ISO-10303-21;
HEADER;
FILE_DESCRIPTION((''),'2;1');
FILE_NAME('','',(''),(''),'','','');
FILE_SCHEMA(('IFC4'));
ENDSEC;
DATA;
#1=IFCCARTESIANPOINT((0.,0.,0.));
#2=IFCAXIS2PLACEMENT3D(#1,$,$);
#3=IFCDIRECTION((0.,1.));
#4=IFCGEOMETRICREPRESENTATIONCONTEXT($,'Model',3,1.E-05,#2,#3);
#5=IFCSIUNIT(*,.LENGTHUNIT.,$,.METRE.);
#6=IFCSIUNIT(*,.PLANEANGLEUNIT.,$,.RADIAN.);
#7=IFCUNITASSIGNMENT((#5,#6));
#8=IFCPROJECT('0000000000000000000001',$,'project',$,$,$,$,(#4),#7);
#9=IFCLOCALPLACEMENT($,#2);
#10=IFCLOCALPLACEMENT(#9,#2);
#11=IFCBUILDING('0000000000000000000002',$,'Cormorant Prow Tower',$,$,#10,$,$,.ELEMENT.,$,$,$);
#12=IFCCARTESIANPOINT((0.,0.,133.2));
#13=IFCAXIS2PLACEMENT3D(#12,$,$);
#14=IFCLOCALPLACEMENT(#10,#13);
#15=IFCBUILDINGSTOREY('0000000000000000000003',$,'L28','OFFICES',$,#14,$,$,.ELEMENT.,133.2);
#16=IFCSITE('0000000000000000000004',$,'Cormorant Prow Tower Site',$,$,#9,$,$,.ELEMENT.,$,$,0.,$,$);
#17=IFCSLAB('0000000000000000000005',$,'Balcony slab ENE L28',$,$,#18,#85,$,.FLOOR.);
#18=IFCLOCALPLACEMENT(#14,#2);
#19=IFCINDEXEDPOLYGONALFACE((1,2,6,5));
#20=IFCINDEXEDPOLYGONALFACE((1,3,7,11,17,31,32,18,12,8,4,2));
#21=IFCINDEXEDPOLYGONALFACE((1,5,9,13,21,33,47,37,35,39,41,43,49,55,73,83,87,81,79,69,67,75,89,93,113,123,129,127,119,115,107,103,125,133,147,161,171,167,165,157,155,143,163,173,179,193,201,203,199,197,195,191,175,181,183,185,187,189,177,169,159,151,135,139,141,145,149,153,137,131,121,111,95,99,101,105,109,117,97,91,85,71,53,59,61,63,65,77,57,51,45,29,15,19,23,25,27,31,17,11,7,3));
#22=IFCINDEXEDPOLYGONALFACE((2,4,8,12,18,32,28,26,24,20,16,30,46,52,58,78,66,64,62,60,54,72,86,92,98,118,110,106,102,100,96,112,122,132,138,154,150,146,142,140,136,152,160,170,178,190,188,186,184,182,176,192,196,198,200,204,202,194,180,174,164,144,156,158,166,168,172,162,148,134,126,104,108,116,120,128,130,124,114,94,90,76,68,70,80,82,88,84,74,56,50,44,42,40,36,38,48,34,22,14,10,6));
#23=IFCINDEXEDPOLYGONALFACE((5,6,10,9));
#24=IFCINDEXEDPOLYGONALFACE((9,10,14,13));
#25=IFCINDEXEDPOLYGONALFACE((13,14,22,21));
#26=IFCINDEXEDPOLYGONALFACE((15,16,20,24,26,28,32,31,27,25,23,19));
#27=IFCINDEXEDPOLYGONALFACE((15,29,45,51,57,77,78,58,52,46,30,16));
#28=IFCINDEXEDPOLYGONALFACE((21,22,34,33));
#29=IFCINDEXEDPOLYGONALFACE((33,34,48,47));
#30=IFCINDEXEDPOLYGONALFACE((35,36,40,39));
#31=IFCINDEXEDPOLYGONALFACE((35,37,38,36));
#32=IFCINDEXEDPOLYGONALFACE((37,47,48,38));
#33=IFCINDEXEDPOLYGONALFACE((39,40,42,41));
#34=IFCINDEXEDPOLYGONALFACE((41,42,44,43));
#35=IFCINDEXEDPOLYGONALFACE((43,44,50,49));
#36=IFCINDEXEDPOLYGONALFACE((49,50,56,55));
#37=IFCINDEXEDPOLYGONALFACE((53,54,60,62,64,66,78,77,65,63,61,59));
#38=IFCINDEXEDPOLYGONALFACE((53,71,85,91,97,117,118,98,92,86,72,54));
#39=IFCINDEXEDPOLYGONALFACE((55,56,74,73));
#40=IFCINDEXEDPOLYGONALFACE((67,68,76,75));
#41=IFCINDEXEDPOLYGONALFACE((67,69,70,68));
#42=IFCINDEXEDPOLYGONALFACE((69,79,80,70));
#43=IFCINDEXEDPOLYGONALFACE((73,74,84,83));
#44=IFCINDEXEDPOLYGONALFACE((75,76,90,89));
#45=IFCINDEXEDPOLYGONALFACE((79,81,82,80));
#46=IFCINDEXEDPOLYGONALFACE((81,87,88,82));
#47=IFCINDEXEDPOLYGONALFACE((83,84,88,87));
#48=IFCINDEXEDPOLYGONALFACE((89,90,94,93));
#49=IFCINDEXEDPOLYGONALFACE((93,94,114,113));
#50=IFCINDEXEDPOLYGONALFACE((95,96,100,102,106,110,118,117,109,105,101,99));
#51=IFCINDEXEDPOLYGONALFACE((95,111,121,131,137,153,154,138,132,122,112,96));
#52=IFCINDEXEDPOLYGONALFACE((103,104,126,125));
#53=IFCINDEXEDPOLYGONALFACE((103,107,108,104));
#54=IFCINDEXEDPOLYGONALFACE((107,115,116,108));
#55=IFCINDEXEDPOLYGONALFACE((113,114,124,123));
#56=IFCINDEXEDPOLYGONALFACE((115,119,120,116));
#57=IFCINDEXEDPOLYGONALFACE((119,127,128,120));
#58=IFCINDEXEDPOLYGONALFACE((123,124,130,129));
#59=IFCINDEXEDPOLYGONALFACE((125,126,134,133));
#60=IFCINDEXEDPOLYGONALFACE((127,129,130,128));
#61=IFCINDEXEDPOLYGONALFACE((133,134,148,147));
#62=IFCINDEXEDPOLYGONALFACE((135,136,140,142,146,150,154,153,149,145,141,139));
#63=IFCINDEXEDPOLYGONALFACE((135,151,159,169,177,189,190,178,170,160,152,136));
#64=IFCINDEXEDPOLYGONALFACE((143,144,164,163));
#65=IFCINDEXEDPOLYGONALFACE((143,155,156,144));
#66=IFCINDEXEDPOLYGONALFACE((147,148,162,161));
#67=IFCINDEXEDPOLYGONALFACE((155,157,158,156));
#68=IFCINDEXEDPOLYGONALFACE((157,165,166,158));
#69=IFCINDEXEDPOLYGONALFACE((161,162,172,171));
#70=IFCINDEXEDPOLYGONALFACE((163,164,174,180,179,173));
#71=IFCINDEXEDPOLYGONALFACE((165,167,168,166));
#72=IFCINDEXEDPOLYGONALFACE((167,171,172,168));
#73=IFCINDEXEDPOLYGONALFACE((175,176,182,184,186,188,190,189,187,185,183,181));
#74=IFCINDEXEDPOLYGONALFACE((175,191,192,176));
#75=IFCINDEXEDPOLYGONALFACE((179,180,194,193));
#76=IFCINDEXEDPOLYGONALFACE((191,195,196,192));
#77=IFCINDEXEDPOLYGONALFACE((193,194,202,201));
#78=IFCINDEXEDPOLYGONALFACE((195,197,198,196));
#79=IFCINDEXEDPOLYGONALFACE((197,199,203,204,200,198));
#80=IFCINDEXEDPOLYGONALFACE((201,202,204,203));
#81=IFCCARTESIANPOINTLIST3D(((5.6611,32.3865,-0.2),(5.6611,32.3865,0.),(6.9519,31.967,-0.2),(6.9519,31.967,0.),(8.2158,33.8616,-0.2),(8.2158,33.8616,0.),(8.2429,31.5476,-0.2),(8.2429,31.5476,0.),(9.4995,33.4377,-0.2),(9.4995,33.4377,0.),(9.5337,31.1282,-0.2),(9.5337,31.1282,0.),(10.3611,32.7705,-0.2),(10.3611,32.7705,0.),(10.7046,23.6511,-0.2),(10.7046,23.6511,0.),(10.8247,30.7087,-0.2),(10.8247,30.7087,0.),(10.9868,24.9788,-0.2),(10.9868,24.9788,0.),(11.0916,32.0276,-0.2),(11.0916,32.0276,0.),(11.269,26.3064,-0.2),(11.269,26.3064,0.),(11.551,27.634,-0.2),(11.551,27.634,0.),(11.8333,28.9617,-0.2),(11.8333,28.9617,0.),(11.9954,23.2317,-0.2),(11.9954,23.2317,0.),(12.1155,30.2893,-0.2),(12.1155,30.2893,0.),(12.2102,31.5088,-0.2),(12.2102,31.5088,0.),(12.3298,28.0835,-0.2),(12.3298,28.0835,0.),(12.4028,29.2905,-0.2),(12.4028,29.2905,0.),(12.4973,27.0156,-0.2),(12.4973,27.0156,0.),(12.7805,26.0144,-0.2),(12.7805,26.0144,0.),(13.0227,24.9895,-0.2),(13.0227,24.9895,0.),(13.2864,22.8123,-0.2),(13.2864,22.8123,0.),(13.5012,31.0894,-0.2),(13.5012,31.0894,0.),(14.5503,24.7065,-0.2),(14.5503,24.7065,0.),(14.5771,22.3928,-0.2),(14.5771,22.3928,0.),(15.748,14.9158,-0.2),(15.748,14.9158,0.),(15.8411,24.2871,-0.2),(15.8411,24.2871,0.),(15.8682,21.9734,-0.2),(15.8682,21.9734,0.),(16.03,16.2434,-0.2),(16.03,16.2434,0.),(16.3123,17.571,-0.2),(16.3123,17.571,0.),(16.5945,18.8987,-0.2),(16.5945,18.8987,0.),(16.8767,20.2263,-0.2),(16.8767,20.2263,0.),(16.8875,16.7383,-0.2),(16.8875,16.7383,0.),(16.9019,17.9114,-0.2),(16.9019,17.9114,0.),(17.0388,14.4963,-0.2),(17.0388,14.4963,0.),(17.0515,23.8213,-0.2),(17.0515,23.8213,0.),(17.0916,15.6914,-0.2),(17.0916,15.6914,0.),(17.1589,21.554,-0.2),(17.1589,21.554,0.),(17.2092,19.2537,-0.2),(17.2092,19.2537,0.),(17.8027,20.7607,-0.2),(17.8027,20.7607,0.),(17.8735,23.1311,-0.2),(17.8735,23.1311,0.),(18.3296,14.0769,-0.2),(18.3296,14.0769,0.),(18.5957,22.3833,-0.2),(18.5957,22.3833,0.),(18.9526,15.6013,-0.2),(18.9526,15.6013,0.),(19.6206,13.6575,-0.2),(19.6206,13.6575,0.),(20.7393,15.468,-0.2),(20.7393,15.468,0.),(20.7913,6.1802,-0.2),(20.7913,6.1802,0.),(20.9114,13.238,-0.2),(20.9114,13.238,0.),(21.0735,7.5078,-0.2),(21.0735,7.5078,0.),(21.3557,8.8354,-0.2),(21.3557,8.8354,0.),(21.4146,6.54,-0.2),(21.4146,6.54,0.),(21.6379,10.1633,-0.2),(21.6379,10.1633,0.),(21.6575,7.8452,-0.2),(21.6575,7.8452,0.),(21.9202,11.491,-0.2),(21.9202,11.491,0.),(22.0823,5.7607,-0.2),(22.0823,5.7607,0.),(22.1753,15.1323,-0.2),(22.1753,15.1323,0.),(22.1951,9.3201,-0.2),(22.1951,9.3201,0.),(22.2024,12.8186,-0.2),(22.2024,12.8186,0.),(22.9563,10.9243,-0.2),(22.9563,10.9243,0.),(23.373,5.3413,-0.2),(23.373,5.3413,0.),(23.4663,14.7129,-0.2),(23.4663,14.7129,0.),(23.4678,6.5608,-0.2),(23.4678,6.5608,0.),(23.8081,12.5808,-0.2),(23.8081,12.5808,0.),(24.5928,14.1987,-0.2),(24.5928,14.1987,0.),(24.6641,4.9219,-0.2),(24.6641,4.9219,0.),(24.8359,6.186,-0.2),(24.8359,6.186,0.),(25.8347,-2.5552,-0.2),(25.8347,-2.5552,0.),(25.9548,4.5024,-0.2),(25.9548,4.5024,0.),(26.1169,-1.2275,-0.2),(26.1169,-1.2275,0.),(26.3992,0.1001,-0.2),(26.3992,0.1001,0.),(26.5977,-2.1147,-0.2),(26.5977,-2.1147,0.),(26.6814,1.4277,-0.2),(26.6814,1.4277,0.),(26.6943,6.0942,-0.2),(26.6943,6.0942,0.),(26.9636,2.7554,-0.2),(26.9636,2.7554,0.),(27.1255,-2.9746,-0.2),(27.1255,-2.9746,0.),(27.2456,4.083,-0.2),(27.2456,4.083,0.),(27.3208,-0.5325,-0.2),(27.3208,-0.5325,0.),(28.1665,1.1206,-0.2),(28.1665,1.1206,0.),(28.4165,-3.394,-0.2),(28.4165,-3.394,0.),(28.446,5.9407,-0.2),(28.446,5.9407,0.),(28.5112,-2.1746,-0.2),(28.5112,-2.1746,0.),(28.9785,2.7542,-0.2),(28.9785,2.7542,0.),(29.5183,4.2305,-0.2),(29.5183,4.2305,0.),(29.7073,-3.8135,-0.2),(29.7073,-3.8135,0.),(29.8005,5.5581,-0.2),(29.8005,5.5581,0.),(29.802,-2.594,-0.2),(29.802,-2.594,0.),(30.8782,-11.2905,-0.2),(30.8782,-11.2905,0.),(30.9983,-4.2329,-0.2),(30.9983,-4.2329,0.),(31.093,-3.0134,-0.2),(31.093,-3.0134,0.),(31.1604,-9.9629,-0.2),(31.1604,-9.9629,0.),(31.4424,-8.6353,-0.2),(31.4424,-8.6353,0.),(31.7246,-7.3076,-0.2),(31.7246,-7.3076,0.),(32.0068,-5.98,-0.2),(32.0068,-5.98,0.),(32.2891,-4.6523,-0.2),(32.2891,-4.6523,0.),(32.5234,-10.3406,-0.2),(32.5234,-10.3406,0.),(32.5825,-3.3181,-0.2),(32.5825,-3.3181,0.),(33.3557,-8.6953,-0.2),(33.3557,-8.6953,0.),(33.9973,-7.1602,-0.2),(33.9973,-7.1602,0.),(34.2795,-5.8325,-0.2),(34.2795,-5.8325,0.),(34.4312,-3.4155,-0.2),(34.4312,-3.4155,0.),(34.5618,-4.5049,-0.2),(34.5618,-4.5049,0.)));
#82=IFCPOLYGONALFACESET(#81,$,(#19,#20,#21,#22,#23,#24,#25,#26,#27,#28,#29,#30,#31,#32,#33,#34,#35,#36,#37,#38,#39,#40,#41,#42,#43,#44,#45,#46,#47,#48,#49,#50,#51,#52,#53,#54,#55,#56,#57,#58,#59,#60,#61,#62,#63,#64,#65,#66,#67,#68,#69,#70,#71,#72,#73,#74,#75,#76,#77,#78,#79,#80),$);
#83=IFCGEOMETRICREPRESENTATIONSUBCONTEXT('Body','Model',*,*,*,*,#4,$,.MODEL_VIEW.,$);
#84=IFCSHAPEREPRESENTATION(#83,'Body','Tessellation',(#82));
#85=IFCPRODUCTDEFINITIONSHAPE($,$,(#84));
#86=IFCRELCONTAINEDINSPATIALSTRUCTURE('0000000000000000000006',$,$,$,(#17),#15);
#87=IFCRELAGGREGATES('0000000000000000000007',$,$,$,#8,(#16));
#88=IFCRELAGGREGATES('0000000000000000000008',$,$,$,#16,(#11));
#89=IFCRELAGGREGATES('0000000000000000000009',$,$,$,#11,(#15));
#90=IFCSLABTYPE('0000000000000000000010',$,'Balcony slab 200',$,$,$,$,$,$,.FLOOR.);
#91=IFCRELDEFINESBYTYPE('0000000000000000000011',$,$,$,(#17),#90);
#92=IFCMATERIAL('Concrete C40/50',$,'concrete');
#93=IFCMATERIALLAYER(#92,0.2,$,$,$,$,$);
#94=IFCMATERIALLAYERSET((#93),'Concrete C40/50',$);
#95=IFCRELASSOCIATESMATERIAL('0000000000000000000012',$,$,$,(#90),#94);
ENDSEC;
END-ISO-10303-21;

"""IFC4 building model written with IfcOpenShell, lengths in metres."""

from ifc_helpers import new_model, si_unit, direction, frame, origin, place, context, subcontext, project, spatial, polyline, outline, extrude, material, layer, layer_set, type_object, element, save


model = new_model("IFC4")

# Units and contexts
model_context = context("Model", 3, precision=1e-05, world=origin(), true_north=direction((0.0, 1.0)))
body_context = subcontext(model_context, "Body", "Model", "MODEL_VIEW")
ifc_project = project(units=[si_unit("LENGTHUNIT", "METRE"), si_unit("PLANEANGLEUNIT", "RADIAN")], contexts=[model_context])

# Site, building, storey
site_placement = place(None, origin())
site = spatial("IfcSite", under=ifc_project, at=site_placement, Name="Cormorant Prow Tower Site", CompositionType="ELEMENT", RefElevation=0.0)
building_placement = place(site_placement, origin())
building = spatial("IfcBuilding", under=site, at=building_placement, Name="Cormorant Prow Tower", CompositionType="ELEMENT")
storey_placement = place(building_placement, frame((0.0, 0.0, 133.2)))
storey = spatial("IfcBuildingStorey", under=building, at=storey_placement, Name="L28", Description="OFFICES", CompositionType="ELEMENT", Elevation=133.2)

# Slab
ifc_material_1 = material(Name="Concrete C40/50", Category="concrete")
ifc_layer_1 = layer(ifc_material_1, 0.2)
ifc_layer_set_1 = layer_set([ifc_layer_1], Name="Concrete C40/50")
slab_type_1 = type_object("IfcSlabType", Name="Balcony slab 200", PredefinedType="FLOOR", material=ifc_layer_set_1)
slab_1_placement = place(storey_placement, frame((0.0, 0.0, -0.2)))
element("IfcSlab", 1, at=slab_1_placement, inside=storey, type_object=slab_type_1, Name="Balcony slab ENE L28", PredefinedType="FLOOR", context=body_context, shape_type="SweptSolid", body=[
    extrude(outline(polyline([(30.8782, -11.2905), (32.5234, -10.3406), (33.3557, -8.6953), (33.9973, -7.1602), (34.2795, -5.8325), (34.5618, -4.5049), (34.4312, -3.4155), (32.5825, -3.3181), (31.093, -3.0134), (29.802, -2.594), (28.5112, -2.1746), (26.5977, -2.1147), (27.3208, -0.5325), (28.1665, 1.1206), (28.9785, 2.7542), (29.5183, 4.2305), (29.8005, 5.5581), (28.446, 5.9407), (26.6943, 6.0942), (24.8359, 6.186), (23.4678, 6.5608), (21.4146, 6.54), (21.6575, 7.8452), (22.1951, 9.3201), (22.9563, 10.9243), (23.8081, 12.5808), (24.5928, 14.1987), (23.4663, 14.7129), (22.1753, 15.1323), (20.7393, 15.468), (18.9526, 15.6013), (17.0916, 15.6914), (16.8875, 16.7383), (16.9019, 17.9114), (17.2092, 19.2537), (17.8027, 20.7607), (18.5957, 22.3833), (17.8735, 23.1311), (17.0515, 23.8213), (15.8411, 24.2871), (14.5503, 24.7065), (13.0227, 24.9895), (12.7805, 26.0144), (12.4973, 27.0156), (12.3298, 28.0835), (12.4028, 29.2905), (13.5012, 31.0894), (12.2102, 31.5088), (11.0916, 32.0276), (10.3611, 32.7705), (9.4995, 33.4377), (8.2158, 33.8616), (5.6611, 32.3865), (6.9519, 31.967), (8.2429, 31.5476), (9.5337, 31.1282), (10.8247, 30.7087), (12.1155, 30.2893), (11.8333, 28.9617), (11.551, 27.634), (11.269, 26.3064), (10.9868, 24.9788), (10.7046, 23.6511), (11.9954, 23.2317), (13.2864, 22.8123), (14.5771, 22.3928), (15.8682, 21.9734), (17.1589, 21.554), (16.8767, 20.2263), (16.5945, 18.8987), (16.3123, 17.571), (16.03, 16.2434), (15.748, 14.9158), (17.0388, 14.4963), (18.3296, 14.0769), (19.6206, 13.6575), (20.9114, 13.238), (22.2024, 12.8186), (21.9202, 11.491), (21.6379, 10.1633), (21.3557, 8.8354), (21.0735, 7.5078), (20.7913, 6.1802), (22.0823, 5.7607), (23.373, 5.3413), (24.6641, 4.9219), (25.9548, 4.5024), (27.2456, 4.083), (26.9636, 2.7554), (26.6814, 1.4277), (26.3992, 0.1001), (26.1169, -1.2275), (25.8347, -2.5552), (27.1255, -2.9746), (28.4165, -3.394), (29.7073, -3.8135), (30.9983, -4.2329), (32.2891, -4.6523), (32.0068, -5.98), (31.7246, -7.3076), (31.4424, -8.6353), (31.1604, -9.9629), (30.8782, -11.2905)])), origin(), (0.0, 0.0, 1.0), 0.2),
])

save(model, "model.ifc")
